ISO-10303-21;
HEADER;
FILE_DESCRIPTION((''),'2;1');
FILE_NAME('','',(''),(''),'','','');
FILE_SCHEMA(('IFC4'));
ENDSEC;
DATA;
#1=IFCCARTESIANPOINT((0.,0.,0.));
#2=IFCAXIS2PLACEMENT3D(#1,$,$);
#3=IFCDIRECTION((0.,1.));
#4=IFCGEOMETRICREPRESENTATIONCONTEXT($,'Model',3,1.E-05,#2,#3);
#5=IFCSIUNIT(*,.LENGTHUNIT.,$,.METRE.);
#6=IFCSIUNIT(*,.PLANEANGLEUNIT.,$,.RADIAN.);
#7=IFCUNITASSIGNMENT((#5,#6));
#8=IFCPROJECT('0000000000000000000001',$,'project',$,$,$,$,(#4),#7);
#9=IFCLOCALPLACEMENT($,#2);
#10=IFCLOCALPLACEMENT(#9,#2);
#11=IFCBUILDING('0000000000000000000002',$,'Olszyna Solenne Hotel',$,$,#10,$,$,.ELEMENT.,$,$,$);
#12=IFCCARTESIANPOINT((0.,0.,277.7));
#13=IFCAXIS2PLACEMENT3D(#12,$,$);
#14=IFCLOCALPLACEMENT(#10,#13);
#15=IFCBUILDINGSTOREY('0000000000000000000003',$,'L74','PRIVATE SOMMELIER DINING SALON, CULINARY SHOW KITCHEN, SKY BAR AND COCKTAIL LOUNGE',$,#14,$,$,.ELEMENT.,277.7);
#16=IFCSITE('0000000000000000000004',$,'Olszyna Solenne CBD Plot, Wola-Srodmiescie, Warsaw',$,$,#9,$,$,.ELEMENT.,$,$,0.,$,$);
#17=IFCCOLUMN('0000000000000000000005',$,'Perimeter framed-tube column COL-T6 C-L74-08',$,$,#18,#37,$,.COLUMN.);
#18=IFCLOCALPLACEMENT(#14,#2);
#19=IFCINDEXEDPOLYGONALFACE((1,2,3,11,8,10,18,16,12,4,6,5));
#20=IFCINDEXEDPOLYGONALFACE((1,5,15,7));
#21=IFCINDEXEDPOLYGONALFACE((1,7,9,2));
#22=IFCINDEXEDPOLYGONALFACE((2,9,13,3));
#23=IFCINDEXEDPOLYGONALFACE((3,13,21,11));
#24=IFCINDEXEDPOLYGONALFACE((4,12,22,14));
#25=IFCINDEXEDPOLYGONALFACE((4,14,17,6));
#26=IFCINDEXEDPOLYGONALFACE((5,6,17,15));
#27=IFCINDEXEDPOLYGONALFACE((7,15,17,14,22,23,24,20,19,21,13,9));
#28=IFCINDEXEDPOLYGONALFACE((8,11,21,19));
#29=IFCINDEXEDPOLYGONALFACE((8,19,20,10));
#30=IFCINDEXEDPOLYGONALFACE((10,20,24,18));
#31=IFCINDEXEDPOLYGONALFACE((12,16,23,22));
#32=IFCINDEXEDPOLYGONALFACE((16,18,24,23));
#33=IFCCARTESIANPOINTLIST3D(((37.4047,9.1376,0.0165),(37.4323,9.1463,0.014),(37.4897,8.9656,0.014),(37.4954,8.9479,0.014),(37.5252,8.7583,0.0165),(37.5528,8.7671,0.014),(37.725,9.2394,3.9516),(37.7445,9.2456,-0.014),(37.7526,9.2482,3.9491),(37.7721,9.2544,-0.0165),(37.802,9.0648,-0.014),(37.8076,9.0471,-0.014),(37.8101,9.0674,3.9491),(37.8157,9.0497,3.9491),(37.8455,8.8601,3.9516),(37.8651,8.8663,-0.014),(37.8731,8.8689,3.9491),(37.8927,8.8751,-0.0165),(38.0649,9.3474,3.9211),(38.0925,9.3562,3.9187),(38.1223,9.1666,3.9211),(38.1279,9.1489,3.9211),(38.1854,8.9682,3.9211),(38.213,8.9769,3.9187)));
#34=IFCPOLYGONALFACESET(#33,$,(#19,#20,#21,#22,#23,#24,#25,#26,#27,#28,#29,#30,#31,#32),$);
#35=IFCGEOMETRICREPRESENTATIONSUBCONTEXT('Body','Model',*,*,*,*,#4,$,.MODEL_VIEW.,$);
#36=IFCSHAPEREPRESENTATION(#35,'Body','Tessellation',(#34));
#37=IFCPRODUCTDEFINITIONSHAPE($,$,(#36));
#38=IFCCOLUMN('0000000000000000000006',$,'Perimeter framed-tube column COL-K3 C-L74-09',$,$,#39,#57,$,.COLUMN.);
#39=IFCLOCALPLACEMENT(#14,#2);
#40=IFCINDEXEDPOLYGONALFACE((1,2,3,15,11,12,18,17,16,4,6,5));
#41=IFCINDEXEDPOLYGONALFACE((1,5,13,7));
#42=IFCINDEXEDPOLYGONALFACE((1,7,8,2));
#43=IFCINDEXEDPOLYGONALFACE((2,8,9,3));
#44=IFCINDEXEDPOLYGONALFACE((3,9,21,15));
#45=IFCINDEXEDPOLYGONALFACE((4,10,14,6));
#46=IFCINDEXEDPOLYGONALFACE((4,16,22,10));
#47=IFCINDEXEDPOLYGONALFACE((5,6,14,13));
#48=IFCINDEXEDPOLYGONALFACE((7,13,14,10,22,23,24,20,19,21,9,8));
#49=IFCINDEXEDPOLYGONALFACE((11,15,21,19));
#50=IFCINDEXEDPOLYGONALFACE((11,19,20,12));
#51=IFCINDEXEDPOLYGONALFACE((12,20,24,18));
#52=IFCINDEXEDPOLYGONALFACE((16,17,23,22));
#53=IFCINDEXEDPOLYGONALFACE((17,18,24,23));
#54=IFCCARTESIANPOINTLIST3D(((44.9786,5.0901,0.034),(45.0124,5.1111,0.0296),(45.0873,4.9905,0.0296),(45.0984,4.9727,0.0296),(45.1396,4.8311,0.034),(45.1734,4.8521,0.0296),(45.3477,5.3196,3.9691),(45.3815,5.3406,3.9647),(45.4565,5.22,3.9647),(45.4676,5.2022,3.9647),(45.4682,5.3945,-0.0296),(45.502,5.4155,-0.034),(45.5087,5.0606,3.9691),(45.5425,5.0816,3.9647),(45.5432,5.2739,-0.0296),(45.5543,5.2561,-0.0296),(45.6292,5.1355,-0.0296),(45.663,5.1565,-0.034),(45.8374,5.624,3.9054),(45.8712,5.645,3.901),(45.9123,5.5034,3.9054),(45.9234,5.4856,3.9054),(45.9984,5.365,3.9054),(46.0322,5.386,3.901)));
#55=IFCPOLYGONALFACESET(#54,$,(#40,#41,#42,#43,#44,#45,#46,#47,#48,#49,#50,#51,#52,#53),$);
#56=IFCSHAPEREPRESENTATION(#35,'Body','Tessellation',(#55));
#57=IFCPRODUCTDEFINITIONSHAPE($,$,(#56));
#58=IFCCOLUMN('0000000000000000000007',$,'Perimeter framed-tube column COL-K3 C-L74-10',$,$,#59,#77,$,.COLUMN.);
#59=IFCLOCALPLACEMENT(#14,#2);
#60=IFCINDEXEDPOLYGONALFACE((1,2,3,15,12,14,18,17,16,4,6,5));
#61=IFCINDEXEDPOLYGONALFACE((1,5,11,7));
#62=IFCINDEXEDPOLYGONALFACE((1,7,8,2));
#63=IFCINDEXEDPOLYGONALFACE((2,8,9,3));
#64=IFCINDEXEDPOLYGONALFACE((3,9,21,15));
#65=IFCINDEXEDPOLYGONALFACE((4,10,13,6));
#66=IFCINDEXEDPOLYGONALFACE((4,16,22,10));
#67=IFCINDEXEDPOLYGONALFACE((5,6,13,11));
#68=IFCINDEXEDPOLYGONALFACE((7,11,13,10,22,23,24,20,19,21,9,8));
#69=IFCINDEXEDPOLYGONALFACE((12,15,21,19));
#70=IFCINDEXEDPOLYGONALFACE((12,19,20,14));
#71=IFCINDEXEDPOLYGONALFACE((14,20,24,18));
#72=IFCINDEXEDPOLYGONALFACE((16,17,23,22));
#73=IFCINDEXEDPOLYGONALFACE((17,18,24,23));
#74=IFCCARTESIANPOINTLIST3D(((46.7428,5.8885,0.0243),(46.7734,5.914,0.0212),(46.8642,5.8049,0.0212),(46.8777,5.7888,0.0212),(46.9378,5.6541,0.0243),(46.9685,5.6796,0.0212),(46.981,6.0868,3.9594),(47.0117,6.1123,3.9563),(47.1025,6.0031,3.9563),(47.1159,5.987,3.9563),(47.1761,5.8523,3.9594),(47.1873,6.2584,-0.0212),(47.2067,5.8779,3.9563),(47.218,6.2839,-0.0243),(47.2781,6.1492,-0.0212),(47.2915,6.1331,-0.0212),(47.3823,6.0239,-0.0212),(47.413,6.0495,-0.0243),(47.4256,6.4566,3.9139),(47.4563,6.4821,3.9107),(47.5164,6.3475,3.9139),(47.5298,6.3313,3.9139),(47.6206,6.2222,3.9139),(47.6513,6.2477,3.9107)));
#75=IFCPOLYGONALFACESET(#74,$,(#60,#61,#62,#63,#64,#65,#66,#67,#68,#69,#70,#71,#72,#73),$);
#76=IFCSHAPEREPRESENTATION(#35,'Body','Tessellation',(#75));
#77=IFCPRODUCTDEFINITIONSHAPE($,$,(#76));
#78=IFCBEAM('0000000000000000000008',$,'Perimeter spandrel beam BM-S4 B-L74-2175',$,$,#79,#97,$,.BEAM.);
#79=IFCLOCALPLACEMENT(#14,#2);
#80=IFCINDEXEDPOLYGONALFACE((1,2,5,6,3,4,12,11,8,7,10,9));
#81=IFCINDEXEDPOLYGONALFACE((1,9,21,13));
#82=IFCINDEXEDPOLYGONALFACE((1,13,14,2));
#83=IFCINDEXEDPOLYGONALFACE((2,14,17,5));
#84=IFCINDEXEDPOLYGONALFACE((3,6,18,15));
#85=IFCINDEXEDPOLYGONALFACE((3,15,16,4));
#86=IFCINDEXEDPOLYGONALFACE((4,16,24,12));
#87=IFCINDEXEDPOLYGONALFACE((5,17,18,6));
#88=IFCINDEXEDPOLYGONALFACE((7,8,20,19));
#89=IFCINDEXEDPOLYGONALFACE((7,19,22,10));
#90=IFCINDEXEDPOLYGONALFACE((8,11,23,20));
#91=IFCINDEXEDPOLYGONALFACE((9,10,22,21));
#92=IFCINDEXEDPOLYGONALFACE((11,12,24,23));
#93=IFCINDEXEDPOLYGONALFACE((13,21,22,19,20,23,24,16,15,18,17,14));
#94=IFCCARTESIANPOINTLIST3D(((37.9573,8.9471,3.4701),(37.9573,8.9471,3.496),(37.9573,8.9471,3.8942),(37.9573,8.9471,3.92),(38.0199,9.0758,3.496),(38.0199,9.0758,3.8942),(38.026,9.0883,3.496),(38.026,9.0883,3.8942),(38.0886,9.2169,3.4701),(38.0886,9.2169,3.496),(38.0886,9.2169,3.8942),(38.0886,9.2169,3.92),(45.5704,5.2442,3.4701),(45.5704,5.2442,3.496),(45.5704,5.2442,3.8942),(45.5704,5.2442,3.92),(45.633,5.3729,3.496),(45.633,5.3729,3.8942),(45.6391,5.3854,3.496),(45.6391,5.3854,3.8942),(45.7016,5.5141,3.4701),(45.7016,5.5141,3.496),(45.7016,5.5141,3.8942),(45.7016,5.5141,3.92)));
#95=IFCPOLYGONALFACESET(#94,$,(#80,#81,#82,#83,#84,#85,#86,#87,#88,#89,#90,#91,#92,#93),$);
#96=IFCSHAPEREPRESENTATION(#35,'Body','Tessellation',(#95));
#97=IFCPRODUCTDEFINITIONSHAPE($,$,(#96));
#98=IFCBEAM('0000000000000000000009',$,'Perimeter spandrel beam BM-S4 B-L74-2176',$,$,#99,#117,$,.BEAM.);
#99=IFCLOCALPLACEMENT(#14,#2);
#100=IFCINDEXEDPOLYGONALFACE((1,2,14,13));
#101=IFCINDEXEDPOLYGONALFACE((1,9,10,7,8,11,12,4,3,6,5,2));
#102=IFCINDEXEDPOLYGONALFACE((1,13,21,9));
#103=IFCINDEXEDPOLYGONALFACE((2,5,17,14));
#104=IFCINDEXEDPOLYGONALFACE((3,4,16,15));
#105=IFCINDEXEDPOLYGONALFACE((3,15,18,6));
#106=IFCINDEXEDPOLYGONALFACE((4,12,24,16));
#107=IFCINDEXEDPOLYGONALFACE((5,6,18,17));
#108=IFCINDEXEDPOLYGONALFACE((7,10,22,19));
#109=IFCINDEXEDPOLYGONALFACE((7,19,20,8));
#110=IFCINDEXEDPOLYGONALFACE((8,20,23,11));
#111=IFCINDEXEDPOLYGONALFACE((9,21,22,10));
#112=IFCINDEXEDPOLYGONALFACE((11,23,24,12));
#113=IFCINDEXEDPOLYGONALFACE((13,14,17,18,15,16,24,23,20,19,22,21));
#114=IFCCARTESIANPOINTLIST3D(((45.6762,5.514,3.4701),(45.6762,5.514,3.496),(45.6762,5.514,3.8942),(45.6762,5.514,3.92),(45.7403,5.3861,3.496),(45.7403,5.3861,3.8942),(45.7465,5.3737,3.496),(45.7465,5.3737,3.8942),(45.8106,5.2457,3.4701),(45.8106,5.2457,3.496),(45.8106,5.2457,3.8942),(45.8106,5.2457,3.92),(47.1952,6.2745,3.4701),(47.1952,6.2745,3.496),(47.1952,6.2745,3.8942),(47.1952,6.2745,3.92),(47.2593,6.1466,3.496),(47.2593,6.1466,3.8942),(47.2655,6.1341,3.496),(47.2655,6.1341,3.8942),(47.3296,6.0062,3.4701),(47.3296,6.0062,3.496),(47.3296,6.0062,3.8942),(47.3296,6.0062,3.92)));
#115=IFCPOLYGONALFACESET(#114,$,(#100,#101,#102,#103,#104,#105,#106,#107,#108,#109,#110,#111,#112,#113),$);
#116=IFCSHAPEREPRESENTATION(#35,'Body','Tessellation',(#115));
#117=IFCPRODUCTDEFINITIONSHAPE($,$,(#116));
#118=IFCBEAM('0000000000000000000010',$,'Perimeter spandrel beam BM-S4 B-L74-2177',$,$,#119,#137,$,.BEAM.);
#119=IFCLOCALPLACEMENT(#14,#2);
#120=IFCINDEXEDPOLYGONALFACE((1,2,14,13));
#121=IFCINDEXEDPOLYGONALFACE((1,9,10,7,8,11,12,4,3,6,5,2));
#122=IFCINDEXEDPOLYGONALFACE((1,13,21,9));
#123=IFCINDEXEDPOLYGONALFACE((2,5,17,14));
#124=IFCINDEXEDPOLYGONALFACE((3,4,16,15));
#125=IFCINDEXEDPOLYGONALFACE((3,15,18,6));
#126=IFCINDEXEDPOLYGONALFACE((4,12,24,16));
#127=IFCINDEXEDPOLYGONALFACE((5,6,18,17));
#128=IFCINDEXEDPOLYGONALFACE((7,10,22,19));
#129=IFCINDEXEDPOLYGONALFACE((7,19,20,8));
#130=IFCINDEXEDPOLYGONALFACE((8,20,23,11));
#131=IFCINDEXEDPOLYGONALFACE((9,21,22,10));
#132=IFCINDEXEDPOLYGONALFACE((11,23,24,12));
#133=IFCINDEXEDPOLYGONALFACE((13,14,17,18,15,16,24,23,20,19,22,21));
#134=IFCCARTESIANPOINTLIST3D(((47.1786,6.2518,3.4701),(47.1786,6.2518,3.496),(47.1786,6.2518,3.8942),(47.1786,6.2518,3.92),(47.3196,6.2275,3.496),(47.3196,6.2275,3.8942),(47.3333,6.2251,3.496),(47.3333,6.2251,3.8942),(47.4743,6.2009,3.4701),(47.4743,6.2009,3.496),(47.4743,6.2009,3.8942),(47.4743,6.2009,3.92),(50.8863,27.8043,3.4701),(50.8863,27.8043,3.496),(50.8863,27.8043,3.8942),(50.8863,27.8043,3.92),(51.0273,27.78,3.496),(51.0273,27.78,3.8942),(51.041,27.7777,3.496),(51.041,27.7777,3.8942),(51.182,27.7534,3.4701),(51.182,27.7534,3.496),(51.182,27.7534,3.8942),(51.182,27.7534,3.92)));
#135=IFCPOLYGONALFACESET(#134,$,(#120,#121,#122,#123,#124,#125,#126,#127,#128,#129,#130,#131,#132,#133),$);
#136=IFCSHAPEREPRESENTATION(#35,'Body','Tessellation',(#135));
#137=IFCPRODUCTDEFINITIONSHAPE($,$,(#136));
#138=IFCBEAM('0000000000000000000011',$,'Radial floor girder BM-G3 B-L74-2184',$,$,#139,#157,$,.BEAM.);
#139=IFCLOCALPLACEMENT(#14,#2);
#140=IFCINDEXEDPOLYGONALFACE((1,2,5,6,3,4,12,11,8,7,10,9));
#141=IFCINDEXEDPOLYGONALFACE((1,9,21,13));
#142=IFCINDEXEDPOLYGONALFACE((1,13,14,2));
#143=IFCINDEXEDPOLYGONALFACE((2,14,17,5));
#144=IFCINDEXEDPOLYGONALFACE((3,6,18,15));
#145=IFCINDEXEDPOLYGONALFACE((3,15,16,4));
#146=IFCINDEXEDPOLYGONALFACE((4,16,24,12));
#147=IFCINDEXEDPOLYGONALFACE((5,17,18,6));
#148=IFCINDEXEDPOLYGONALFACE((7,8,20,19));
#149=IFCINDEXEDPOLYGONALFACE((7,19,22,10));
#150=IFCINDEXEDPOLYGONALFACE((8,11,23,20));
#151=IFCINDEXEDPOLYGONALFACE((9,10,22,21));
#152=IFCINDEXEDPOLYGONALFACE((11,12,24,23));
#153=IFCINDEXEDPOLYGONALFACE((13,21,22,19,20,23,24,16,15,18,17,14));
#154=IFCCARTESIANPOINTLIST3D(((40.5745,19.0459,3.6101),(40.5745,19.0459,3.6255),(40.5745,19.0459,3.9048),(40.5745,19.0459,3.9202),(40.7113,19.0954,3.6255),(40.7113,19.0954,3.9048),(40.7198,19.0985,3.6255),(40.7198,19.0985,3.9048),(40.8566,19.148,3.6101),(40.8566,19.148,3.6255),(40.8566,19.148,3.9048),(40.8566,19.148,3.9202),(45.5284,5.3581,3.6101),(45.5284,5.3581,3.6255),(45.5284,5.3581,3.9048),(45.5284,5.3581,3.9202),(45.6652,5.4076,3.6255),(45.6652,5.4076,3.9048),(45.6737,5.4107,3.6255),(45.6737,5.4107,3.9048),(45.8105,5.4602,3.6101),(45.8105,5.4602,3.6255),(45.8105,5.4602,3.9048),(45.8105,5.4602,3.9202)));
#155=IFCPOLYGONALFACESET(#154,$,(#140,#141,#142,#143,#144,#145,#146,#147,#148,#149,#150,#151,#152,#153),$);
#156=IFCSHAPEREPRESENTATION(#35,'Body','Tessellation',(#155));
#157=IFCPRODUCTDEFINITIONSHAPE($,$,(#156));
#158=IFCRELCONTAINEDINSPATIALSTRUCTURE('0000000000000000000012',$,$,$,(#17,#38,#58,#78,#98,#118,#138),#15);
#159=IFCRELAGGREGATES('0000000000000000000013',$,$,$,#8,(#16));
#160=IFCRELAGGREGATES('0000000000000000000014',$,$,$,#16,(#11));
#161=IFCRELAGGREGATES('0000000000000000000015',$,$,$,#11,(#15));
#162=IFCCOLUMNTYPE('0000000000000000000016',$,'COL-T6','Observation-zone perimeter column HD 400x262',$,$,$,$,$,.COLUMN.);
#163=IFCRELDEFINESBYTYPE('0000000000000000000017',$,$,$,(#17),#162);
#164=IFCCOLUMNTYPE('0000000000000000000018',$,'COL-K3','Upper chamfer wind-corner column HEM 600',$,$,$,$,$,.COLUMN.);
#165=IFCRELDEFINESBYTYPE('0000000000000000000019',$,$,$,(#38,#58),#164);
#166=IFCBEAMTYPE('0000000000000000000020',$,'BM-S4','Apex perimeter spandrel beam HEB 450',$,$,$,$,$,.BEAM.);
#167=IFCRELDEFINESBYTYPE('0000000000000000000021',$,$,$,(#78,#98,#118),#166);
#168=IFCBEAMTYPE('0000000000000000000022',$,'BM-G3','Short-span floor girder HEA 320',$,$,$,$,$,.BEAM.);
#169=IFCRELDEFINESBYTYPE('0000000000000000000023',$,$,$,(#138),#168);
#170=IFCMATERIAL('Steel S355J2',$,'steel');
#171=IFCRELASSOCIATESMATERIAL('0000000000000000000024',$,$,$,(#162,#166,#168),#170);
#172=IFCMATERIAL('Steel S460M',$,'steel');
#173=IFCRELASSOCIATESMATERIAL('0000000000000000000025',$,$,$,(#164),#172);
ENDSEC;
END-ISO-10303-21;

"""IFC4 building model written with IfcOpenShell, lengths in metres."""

from ifc_helpers import new_model, si_unit, direction, frame, origin, origin_2d, place, context, subcontext, project, spatial, i_section, extrude, source, transform, mapped, material, material_profile, profile_set, type_object, element, save


model = new_model("IFC4")

# Units and contexts
model_context = context("Model", 3, precision=1e-05, world=origin(), true_north=direction((0.0, 1.0)))
body_context = subcontext(model_context, "Body", "Model", "MODEL_VIEW")
ifc_project = project(units=[si_unit("LENGTHUNIT", "METRE"), si_unit("PLANEANGLEUNIT", "RADIAN")], contexts=[model_context])

# Site, building, storey
site_placement = place(None, origin())
site = spatial("IfcSite", under=ifc_project, at=site_placement, Name="Olszyna Solenne CBD Plot, Wola-Srodmiescie, Warsaw", CompositionType="ELEMENT", RefElevation=0.0)
building_placement = place(site_placement, origin())
building = spatial("IfcBuilding", under=site, at=building_placement, Name="Olszyna Solenne Hotel", CompositionType="ELEMENT")
storey_placement = place(building_placement, frame((0.0, 0.0, 277.7)))
storey = spatial("IfcBuildingStorey", under=building, at=storey_placement, Name="L74", Description="PRIVATE SOMMELIER DINING SALON, CULINARY SHOW KITCHEN, SKY BAR AND COCKTAIL LOUNGE", CompositionType="ELEMENT", Elevation=277.7)

# Columns
ifc_material_1 = material(Name="Steel S355J2", Category="steel")
ifc_material_profile_1 = material_profile(ifc_material_1, i_section(OverallWidth=0.3979, OverallDepth=0.387, WebThickness=0.0186, FlangeThickness=0.0291, at=origin_2d()), Name="HD 400x262", Category="load-bearing")
ifc_profile_set_1 = profile_set([ifc_material_profile_1], Name="Steel S355J2")
column_type_1 = type_object("IfcColumnType", Name="COL-T6", Description="Observation-zone perimeter column HD 400x262", PredefinedType="COLUMN", material=ifc_profile_set_1)
shared_shape_1 = source(origin(), body_context, "Body", "SweptSolid", [
    extrude(i_section(OverallWidth=0.3979, OverallDepth=0.387, WebThickness=0.0186, FlangeThickness=0.0291, at=origin_2d()), origin(), (0.0, 0.0, 1.0), 3.9495),
])
column_1_placement = place(storey_placement, frame((37.6487, 9.0063, 0.0), z_axis=(0.081104, 0.025778, 0.996372), x_axis=(-0.302904, 0.953021, 0.0)))
element("IfcColumn", 1, at=column_1_placement, inside=storey, type_object=column_type_1, Name="Perimeter framed-tube column COL-T6 C-L74-08", PredefinedType="COLUMN", context=body_context, shape_type="MappedRepresentation", body=[
    mapped(shared_shape_1, transform((0.0, 0.0, 0.0), x_axis=(1.0, 0.0, 0.0), y_axis=(0.0, 1.0, 0.0), z_axis=(0.0, 0.0, 1.0), scale=1.0)),
])
ifc_material_2 = material(Name="Steel S460M", Category="steel")
ifc_material_profile_2 = material_profile(ifc_material_2, i_section(OverallWidth=0.3049, OverallDepth=0.6201, WebThickness=0.021, FlangeThickness=0.04, at=origin_2d()), Name="HEM 600", Category="load-bearing")
ifc_profile_set_2 = profile_set([ifc_material_profile_2], Name="Steel S460M")
column_type_2 = type_object("IfcColumnType", Name="COL-K3", Description="Upper chamfer wind-corner column HEM 600", PredefinedType="COLUMN", material=ifc_profile_set_2)
shared_shape_2 = source(origin(), body_context, "Body", "SweptSolid", [
    extrude(i_section(OverallWidth=0.3049, OverallDepth=0.6201, WebThickness=0.021, FlangeThickness=0.04, at=origin_2d()), origin(), (0.0, 0.0, 1.0), 3.959),
])
column_2_placement = place(storey_placement, frame((45.3208, 5.1233, 0.0), z_axis=(0.093241, 0.057967, 0.993955), x_axis=(-0.527978, 0.849258, 0.0)))
element("IfcColumn", 2, at=column_2_placement, inside=storey, type_object=column_type_2, Name="Perimeter framed-tube column COL-K3 C-L74-09", PredefinedType="COLUMN", context=body_context, shape_type="MappedRepresentation", body=[
    mapped(shared_shape_2, transform((0.0, 0.0, 0.0), x_axis=(1.0, 0.0, 0.0), y_axis=(0.0, 1.0, 0.0), z_axis=(0.0, 0.0, 1.0), scale=1.0)),
])
shared_shape_3 = source(origin(), body_context, "Body", "SweptSolid", [
    extrude(i_section(OverallWidth=0.3049, OverallDepth=0.6201, WebThickness=0.021, FlangeThickness=0.04, at=origin_2d()), origin(), (0.0, 0.0, 1.0), 3.9473),
])
column_3_placement = place(storey_placement, frame((47.0779, 5.969, 0.0), z_axis=(0.060366, 0.050223, 0.996912), x_axis=(-0.639564, 0.768738, 0.0)))
element("IfcColumn", 3, at=column_3_placement, inside=storey, type_object=column_type_2, Name="Perimeter framed-tube column COL-K3 C-L74-10", PredefinedType="COLUMN", context=body_context, shape_type="MappedRepresentation", body=[
    mapped(shared_shape_3, transform((0.0, 0.0, 0.0), x_axis=(1.0, 0.0, 0.0), y_axis=(0.0, 1.0, 0.0), z_axis=(0.0, 0.0, 1.0), scale=1.0)),
])

# Beams
ifc_material_profile_3 = material_profile(ifc_material_1, i_section(OverallWidth=0.3, OverallDepth=0.45, WebThickness=0.0139, FlangeThickness=0.0259, at=origin_2d()), Name="HEB 450", Category="load-bearing")
ifc_profile_set_3 = profile_set([ifc_material_profile_3], Name="Steel S355J2")
beam_type_1 = type_object("IfcBeamType", Name="BM-S4", Description="Apex perimeter spandrel beam HEB 450", PredefinedType="BEAM", material=ifc_profile_set_3)
shared_shape_4 = source(origin(), body_context, "Body", "SweptSolid", [
    extrude(i_section(OverallWidth=0.3, OverallDepth=0.45, WebThickness=0.0139, FlangeThickness=0.0259, at=origin_2d()), origin(), (0.0, 0.0, 1.0), 8.4658),
])
beam_1_placement = place(storey_placement, frame((38.0229, 9.082, 3.6951), z_axis=(0.89927, -0.437393, 0.0), x_axis=(0.437393, 0.89927, 0.0)))
element("IfcBeam", 4, at=beam_1_placement, inside=storey, type_object=beam_type_1, Name="Perimeter spandrel beam BM-S4 B-L74-2175", PredefinedType="BEAM", context=body_context, shape_type="MappedRepresentation", body=[
    mapped(shared_shape_4, transform((0.0, 0.0, 0.0), x_axis=(1.0, 0.0, 0.0), y_axis=(0.0, 1.0, 0.0), z_axis=(0.0, 0.0, 1.0), scale=1.0)),
])
shared_shape_5 = source(origin(), body_context, "Body", "SweptSolid", [
    extrude(i_section(OverallWidth=0.3, OverallDepth=0.45, WebThickness=0.0139, FlangeThickness=0.0259, at=origin_2d()), origin(), (0.0, 0.0, 1.0), 1.6987),
])
beam_2_placement = place(storey_placement, frame((45.7434, 5.3799, 3.6951), z_axis=(0.894197, 0.447673, 0.0), x_axis=(-0.447673, 0.894197, 0.0)))
element("IfcBeam", 5, at=beam_2_placement, inside=storey, type_object=beam_type_1, Name="Perimeter spandrel beam BM-S4 B-L74-2176", PredefinedType="BEAM", context=body_context, shape_type="MappedRepresentation", body=[
    mapped(shared_shape_5, transform((0.0, 0.0, 0.0), x_axis=(1.0, 0.0, 0.0), y_axis=(0.0, 1.0, 0.0), z_axis=(0.0, 0.0, 1.0), scale=1.0)),
])
shared_shape_6 = source(origin(), body_context, "Body", "SweptSolid", [
    extrude(i_section(OverallWidth=0.3, OverallDepth=0.45, WebThickness=0.0139, FlangeThickness=0.0259, at=origin_2d()), origin(), (0.0, 0.0, 1.0), 21.8691),
])
beam_3_placement = place(storey_placement, frame((47.3264, 6.2263, 3.6951), z_axis=(0.169544, 0.985523, 0.0), x_axis=(-0.985523, 0.169544, 0.0)))
element("IfcBeam", 6, at=beam_3_placement, inside=storey, type_object=beam_type_1, Name="Perimeter spandrel beam BM-S4 B-L74-2177", PredefinedType="BEAM", context=body_context, shape_type="MappedRepresentation", body=[
    mapped(shared_shape_6, transform((0.0, 0.0, 0.0), x_axis=(1.0, 0.0, 0.0), y_axis=(0.0, 1.0, 0.0), z_axis=(0.0, 0.0, 1.0), scale=1.0)),
])
ifc_material_profile_4 = material_profile(ifc_material_1, i_section(OverallWidth=0.3, OverallDepth=0.3101, WebThickness=0.009, FlangeThickness=0.0154, at=origin_2d()), Name="HEA 320", Category="load-bearing")
ifc_profile_set_4 = profile_set([ifc_material_profile_4], Name="Steel S355J2")
beam_type_2 = type_object("IfcBeamType", Name="BM-G3", Description="Short-span floor girder HEA 320", PredefinedType="BEAM", material=ifc_profile_set_4)
shared_shape_7 = source(origin(), body_context, "Body", "SweptSolid", [
    extrude(i_section(OverallWidth=0.3, OverallDepth=0.3101, WebThickness=0.009, FlangeThickness=0.0154, at=origin_2d()), origin(), (0.0, 0.0, 1.0), 14.5566),
])
beam_4_placement = place(storey_placement, frame((45.6694, 5.4092, 3.7651), z_axis=(-0.340317, 0.940311, 0.0), x_axis=(-0.940311, -0.340317, 0.0)))
element("IfcBeam", 7, at=beam_4_placement, inside=storey, type_object=beam_type_2, Name="Radial floor girder BM-G3 B-L74-2184", PredefinedType="BEAM", context=body_context, shape_type="MappedRepresentation", body=[
    mapped(shared_shape_7, transform((0.0, 0.0, 0.0), x_axis=(1.0, 0.0, 0.0), y_axis=(0.0, 1.0, 0.0), z_axis=(0.0, 0.0, 1.0), scale=1.0)),
])

save(model, "model.ifc")
